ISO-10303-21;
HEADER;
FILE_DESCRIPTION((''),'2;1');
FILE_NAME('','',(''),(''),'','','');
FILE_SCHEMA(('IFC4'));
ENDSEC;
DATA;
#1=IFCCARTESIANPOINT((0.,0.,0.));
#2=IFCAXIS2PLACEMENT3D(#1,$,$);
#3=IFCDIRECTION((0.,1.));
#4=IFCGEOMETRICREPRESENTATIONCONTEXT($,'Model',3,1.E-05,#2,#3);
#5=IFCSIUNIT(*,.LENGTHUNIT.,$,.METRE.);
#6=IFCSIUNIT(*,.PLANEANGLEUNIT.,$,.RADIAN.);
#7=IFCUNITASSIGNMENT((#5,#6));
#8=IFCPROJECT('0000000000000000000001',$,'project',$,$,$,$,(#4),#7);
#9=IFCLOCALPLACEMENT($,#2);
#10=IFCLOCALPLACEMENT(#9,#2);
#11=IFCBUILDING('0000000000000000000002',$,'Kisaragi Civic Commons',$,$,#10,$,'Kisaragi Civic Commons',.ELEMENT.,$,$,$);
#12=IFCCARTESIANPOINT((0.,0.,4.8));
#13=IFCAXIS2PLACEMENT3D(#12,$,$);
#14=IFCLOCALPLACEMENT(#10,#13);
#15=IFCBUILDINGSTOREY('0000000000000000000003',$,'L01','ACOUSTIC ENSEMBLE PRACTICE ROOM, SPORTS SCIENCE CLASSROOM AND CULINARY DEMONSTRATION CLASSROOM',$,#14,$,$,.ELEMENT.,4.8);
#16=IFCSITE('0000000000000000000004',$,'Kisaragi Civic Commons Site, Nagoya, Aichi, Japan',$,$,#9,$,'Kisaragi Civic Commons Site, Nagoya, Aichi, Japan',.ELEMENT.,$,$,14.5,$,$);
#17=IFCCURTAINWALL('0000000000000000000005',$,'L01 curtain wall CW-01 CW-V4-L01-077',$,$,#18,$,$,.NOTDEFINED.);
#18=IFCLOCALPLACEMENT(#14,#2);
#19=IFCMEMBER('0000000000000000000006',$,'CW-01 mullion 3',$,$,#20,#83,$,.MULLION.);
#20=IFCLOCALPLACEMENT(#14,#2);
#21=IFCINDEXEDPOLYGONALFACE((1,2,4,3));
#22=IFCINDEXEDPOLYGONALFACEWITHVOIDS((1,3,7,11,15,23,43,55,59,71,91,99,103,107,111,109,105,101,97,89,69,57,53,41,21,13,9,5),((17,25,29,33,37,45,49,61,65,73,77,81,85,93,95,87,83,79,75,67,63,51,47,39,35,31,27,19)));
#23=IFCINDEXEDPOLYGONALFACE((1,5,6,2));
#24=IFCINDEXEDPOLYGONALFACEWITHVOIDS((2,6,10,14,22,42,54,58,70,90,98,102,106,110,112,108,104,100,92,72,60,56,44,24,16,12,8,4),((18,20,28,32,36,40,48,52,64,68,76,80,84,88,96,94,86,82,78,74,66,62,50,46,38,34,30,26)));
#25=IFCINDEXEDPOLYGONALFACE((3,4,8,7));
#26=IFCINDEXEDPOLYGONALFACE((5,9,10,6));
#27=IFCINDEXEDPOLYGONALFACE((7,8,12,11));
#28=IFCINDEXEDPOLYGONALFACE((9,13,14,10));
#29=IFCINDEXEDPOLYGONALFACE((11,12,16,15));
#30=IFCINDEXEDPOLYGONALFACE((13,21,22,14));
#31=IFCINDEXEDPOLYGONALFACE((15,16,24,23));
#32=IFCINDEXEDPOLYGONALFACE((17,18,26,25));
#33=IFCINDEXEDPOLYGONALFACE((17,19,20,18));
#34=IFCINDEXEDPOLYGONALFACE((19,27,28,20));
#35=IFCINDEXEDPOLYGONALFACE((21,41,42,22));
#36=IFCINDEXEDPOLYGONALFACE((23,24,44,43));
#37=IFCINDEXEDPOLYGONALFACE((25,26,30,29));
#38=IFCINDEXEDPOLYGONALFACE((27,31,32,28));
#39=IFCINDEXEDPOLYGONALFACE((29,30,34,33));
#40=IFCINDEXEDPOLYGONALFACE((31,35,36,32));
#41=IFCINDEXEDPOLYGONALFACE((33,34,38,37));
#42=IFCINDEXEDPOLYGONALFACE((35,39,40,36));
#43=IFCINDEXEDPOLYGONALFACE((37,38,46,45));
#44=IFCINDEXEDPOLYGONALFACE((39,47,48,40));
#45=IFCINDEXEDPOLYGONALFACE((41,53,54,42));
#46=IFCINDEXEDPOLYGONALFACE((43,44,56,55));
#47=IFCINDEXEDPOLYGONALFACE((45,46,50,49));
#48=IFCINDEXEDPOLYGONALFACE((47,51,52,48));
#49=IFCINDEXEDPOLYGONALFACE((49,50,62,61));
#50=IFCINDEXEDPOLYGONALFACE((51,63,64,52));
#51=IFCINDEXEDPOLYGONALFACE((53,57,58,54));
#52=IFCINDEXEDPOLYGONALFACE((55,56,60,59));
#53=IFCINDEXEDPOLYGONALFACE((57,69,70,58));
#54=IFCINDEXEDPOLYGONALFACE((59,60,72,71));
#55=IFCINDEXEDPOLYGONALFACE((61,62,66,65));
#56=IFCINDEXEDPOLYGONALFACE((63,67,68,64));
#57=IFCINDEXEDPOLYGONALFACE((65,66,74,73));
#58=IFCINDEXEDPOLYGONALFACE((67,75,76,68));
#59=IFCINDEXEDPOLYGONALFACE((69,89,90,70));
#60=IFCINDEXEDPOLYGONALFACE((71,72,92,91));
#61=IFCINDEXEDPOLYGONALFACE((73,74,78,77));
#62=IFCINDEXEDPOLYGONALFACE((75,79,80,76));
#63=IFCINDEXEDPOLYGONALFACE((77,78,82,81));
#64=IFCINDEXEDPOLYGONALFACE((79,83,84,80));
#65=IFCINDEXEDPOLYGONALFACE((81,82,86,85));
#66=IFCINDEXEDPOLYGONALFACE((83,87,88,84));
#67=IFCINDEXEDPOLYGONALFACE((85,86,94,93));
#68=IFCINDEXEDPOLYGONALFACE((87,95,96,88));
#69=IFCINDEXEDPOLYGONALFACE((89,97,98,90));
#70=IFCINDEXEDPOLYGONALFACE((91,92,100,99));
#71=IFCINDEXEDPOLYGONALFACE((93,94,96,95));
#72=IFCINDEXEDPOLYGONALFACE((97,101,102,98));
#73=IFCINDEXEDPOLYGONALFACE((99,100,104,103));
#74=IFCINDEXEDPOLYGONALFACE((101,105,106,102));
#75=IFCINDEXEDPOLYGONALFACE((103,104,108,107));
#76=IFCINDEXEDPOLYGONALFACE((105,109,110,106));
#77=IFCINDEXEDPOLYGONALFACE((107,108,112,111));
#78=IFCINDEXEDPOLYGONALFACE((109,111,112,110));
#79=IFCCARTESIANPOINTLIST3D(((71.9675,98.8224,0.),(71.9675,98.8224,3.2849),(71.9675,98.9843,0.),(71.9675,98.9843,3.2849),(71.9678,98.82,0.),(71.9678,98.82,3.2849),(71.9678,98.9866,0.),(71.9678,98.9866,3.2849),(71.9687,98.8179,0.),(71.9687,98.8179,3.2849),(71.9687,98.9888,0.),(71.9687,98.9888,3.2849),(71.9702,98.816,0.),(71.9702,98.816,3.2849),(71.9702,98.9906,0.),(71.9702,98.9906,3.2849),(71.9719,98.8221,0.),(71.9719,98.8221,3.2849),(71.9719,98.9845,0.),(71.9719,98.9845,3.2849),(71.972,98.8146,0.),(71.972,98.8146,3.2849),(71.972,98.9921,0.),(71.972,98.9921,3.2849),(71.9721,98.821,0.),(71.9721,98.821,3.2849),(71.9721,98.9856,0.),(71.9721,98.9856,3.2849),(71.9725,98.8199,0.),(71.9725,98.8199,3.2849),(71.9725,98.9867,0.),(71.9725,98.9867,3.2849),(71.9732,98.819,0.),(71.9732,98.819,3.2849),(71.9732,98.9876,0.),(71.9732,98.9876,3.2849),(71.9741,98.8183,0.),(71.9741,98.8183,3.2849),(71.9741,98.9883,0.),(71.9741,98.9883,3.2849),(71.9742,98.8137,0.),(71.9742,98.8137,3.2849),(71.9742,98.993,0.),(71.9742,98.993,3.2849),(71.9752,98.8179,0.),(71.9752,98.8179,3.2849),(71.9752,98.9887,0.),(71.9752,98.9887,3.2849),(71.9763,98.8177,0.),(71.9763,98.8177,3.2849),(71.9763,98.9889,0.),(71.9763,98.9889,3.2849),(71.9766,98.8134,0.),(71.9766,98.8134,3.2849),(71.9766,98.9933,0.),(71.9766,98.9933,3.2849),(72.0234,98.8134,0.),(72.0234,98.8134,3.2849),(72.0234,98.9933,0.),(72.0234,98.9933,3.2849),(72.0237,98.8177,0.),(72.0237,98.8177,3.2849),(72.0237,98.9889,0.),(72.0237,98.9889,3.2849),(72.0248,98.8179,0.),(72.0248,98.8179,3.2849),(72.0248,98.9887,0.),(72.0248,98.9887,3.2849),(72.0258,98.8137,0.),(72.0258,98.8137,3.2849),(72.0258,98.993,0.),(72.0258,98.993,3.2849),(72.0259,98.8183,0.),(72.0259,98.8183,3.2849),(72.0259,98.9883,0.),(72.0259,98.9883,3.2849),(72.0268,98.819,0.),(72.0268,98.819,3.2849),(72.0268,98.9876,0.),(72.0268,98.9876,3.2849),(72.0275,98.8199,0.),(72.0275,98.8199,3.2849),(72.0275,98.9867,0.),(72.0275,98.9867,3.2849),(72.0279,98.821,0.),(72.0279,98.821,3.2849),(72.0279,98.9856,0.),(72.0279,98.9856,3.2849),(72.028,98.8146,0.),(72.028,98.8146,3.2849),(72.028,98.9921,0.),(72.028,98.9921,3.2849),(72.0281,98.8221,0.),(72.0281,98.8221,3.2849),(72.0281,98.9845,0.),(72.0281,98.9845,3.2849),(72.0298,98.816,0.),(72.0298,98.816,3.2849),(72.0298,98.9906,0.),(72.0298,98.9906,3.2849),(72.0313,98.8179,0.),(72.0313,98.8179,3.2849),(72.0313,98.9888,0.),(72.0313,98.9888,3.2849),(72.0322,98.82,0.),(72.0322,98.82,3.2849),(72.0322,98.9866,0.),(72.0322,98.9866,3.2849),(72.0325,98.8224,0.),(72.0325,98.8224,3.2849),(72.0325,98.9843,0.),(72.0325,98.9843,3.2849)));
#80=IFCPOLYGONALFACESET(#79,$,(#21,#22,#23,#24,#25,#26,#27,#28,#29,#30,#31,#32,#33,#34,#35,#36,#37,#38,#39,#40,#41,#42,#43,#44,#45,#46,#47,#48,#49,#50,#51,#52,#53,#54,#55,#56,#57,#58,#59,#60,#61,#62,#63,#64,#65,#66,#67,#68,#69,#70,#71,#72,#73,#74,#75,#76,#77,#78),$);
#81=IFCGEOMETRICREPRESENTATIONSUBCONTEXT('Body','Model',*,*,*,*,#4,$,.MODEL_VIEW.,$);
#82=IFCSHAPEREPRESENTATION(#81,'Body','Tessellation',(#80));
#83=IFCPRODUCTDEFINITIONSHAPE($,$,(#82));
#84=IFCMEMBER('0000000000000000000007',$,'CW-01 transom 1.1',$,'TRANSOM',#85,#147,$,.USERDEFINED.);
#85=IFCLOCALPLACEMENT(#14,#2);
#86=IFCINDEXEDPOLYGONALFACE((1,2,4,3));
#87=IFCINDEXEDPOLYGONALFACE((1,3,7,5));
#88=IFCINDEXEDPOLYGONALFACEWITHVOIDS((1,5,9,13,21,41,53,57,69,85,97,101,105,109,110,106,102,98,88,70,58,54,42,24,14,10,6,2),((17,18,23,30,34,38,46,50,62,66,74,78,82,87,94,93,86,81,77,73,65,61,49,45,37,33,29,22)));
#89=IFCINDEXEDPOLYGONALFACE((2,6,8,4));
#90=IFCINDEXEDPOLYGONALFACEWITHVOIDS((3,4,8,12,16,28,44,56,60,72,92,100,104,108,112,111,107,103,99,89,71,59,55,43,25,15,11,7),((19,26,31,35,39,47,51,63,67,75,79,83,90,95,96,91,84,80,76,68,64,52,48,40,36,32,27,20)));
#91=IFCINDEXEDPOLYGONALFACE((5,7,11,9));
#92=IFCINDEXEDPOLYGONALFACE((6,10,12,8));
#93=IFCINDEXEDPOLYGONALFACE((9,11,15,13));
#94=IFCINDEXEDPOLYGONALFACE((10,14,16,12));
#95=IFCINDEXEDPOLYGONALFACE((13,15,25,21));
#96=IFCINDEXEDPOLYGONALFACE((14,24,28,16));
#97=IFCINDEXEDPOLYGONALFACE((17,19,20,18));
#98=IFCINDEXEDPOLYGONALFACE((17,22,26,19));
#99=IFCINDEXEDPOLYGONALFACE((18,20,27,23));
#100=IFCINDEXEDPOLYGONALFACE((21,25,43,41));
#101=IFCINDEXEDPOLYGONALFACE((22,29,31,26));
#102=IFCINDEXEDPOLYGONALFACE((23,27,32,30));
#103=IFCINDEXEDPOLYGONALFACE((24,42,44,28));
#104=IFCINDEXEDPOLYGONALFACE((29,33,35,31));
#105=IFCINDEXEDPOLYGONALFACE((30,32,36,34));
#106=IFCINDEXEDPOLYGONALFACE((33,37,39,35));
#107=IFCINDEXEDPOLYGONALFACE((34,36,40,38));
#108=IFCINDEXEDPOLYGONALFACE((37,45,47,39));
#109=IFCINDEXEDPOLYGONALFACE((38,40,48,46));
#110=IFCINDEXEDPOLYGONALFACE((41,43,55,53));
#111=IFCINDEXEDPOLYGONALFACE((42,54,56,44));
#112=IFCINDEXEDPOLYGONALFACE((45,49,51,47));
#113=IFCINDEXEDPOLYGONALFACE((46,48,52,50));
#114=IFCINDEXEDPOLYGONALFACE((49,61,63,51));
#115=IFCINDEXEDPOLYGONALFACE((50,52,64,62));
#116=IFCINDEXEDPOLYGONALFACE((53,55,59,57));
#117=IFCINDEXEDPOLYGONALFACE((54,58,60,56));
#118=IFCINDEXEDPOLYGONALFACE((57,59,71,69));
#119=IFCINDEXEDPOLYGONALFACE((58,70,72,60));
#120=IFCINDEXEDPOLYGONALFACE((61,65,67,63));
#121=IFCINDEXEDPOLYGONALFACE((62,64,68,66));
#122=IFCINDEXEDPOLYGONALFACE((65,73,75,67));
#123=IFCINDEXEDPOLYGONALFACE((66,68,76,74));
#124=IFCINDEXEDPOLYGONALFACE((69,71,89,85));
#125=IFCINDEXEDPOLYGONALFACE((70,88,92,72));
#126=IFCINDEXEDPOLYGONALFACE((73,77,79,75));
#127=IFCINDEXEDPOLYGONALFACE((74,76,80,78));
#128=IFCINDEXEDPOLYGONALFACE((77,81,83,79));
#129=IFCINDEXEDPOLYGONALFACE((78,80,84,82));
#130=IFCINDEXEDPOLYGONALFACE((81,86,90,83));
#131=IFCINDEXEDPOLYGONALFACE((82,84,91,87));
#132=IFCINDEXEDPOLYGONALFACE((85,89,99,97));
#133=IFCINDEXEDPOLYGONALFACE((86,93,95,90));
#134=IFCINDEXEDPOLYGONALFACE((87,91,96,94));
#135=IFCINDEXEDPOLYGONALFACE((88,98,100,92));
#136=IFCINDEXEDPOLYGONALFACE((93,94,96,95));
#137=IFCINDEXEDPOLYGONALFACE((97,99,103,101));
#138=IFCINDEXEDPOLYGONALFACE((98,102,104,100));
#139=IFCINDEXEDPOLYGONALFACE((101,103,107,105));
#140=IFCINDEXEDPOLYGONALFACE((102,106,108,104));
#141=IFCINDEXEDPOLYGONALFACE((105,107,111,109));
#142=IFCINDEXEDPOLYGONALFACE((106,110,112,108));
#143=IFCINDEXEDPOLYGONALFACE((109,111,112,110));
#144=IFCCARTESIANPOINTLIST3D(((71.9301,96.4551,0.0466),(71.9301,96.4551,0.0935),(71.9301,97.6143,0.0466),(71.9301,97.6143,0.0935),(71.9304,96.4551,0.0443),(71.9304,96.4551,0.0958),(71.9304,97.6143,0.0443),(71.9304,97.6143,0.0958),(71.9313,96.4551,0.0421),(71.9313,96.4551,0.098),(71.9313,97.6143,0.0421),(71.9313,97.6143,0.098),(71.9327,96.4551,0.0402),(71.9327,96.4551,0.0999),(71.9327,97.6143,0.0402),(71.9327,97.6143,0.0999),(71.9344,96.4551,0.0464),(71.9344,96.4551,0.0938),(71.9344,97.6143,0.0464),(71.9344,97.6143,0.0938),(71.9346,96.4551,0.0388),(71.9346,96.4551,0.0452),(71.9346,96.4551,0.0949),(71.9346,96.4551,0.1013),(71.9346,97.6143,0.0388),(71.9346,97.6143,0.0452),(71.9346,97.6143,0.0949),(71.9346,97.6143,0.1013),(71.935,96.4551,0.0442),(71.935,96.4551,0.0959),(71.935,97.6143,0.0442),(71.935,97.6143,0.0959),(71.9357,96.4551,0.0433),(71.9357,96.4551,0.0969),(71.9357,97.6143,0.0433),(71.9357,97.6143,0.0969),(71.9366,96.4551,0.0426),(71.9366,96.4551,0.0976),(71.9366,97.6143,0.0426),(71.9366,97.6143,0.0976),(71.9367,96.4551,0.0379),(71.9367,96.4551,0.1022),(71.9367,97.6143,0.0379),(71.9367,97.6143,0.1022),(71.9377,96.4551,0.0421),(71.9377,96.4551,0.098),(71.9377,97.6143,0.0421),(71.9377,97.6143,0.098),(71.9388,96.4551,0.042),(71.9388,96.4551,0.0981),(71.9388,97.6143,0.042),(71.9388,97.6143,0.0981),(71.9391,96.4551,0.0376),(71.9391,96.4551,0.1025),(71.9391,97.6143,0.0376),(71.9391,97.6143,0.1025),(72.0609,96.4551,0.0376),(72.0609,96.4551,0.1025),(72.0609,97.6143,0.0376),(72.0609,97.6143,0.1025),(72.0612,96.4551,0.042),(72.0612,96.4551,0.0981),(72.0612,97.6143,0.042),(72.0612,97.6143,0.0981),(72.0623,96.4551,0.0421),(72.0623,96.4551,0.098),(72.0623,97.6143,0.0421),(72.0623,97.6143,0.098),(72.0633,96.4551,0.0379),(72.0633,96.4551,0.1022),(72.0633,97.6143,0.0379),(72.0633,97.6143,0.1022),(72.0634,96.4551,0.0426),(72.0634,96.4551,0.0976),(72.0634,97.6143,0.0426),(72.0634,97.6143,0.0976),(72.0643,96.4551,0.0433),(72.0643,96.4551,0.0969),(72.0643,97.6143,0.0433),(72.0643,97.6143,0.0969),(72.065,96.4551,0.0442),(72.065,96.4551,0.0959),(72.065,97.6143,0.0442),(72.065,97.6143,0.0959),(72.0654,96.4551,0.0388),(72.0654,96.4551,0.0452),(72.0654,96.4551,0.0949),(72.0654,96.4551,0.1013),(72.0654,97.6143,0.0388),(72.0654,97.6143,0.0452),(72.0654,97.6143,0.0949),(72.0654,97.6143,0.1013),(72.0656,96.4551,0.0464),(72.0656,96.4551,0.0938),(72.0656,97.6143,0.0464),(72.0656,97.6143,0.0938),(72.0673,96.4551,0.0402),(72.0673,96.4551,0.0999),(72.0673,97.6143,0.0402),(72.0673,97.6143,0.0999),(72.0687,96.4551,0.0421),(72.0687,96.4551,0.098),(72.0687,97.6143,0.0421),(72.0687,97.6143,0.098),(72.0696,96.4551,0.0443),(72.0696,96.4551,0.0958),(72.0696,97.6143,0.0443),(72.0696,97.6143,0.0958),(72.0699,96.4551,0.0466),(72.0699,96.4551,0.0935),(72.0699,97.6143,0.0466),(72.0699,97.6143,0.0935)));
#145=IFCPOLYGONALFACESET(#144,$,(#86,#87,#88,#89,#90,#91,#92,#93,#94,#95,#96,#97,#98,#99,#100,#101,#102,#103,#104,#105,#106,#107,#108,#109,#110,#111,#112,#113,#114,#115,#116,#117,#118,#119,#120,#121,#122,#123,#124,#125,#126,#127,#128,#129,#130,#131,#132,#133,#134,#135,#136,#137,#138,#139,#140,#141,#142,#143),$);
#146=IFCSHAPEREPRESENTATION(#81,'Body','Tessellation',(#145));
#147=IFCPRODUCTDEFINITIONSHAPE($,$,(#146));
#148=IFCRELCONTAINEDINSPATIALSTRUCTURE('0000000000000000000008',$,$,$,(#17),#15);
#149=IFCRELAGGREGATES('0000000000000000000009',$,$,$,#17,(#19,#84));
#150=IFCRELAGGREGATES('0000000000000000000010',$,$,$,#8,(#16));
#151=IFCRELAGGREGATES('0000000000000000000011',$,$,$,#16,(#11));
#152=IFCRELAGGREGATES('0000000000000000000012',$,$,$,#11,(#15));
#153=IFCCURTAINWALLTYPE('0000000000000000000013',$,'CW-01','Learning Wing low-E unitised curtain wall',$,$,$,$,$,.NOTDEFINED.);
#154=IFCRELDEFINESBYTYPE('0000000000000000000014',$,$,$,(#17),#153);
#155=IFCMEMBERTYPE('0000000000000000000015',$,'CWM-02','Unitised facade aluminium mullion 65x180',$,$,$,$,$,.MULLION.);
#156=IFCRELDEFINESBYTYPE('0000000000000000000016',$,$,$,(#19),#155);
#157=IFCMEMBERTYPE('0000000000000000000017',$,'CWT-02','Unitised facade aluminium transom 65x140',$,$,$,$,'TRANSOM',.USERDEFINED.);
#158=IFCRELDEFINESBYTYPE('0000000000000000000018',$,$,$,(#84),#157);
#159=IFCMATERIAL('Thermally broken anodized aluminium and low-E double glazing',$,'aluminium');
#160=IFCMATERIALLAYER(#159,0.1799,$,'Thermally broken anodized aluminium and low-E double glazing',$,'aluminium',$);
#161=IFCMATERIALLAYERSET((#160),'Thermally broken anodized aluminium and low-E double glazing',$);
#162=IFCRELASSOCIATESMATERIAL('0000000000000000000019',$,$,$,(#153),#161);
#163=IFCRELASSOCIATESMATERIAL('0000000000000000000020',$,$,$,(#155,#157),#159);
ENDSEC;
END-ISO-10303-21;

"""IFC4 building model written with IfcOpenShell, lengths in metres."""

from ifc_helpers import new_model, si_unit, direction, frame, origin, origin_2d, place, context, subcontext, project, spatial, hollow_rectangle, extrude, material, layer, layer_set, material_profile, profile_set, type_object, element, aggregate, save


model = new_model("IFC4")

# Units and contexts
model_context = context("Model", 3, precision=1e-05, world=origin(), true_north=direction((0.0, 1.0)))
body_context = subcontext(model_context, "Body", "Model", "MODEL_VIEW")
ifc_project = project(units=[si_unit("LENGTHUNIT", "METRE"), si_unit("PLANEANGLEUNIT", "RADIAN")], contexts=[model_context])

# Site, building, storey
site_placement = place(None, origin())
site = spatial("IfcSite", under=ifc_project, at=site_placement, Name="Kisaragi Civic Commons Site, Nagoya, Aichi, Japan", LongName="Kisaragi Civic Commons Site, Nagoya, Aichi, Japan", CompositionType="ELEMENT", RefElevation=14.5)
building_placement = place(site_placement, origin())
building = spatial("IfcBuilding", under=site, at=building_placement, Name="Kisaragi Civic Commons", LongName="Kisaragi Civic Commons", CompositionType="ELEMENT")
storey_placement = place(building_placement, frame((0.0, 0.0, 4.8)))
storey = spatial("IfcBuildingStorey", under=building, at=storey_placement, Name="L01", Description="ACOUSTIC ENSEMBLE PRACTICE ROOM, SPORTS SCIENCE CLASSROOM AND CULINARY DEMONSTRATION CLASSROOM", CompositionType="ELEMENT", Elevation=4.8)

# Curtain wall, members
ifc_material_1 = material(Name="Thermally broken anodized aluminium and low-E double glazing", Category="aluminium")
ifc_layer_1 = layer(ifc_material_1, 0.1799, Name="Thermally broken anodized aluminium and low-E double glazing", Category="aluminium")
ifc_layer_set_1 = layer_set([ifc_layer_1], Name="Thermally broken anodized aluminium and low-E double glazing")
curtain_wall_type = type_object("IfcCurtainWallType", Name="CW-01", Description="Learning Wing low-E unitised curtain wall", PredefinedType="NOTDEFINED", material=ifc_layer_set_1)
curtain_wall_placement = place(storey_placement, origin())
curtain_wall = element("IfcCurtainWall", 1, at=curtain_wall_placement, inside=storey, type_object=curtain_wall_type, Name="L01 curtain wall CW-01 CW-V4-L01-077", PredefinedType="NOTDEFINED")
ifc_material_profile_1 = material_profile(ifc_material_1, hollow_rectangle(XDim=0.0649, YDim=0.1799, WallThickness=0.0044, InnerFilletRadius=0.0044, OuterFilletRadius=0.009, at=origin_2d()), Name="CWM-65x180x4.5", Category="aluminium")
ifc_profile_set_1 = profile_set([ifc_material_profile_1], Name="Thermally broken anodized aluminium and low-E double glazing")
member_type_1 = type_object("IfcMemberType", Name="CWM-02", Description="Unitised facade aluminium mullion 65x180", PredefinedType="MULLION", material=ifc_profile_set_1)
member_1_placement = place(storey_placement, frame((72.0, 98.9033, 0.0), z_axis=(0.0, 0.0, 1.0), x_axis=(-1.0, 0.0, 0.0)))
member_1 = element("IfcMember", 2, at=member_1_placement, type_object=member_type_1, Name="CW-01 mullion 3", PredefinedType="MULLION", context=body_context, shape_type="SweptSolid", body=[
    extrude(hollow_rectangle(XDim=0.0649, YDim=0.1799, WallThickness=0.0044, InnerFilletRadius=0.0044, OuterFilletRadius=0.009, at=origin_2d()), origin(), (0.0, 0.0, 1.0), 3.2849),
])
ifc_material_profile_2 = material_profile(ifc_material_1, hollow_rectangle(XDim=0.1399, YDim=0.0649, WallThickness=0.0044, InnerFilletRadius=0.0044, OuterFilletRadius=0.009, at=origin_2d()), Name="CWT-65x140x4.5", Category="aluminium")
ifc_profile_set_2 = profile_set([ifc_material_profile_2], Name="Thermally broken anodized aluminium and low-E double glazing")
member_type_2 = type_object("IfcMemberType", Name="CWT-02", Description="Unitised facade aluminium transom 65x140", ElementType="TRANSOM", PredefinedType="USERDEFINED", material=ifc_profile_set_2)
member_2_placement = place(storey_placement, frame((72.0, 96.4551, 0.0701), z_axis=(0.0, 1.0, 0.0), x_axis=(-1.0, 0.0, 0.0)))
member_2 = element("IfcMember", 3, at=member_2_placement, type_object=member_type_2, Name="CW-01 transom 1.1", ObjectType="TRANSOM", PredefinedType="USERDEFINED", context=body_context, shape_type="SweptSolid", body=[
    extrude(hollow_rectangle(XDim=0.1399, YDim=0.0649, WallThickness=0.0044, InnerFilletRadius=0.0044, OuterFilletRadius=0.009, at=origin_2d()), origin(), (0.0, 0.0, 1.0), 1.1592),
])

aggregate(curtain_wall, [member_1, member_2])

save(model, "model.ifc")
